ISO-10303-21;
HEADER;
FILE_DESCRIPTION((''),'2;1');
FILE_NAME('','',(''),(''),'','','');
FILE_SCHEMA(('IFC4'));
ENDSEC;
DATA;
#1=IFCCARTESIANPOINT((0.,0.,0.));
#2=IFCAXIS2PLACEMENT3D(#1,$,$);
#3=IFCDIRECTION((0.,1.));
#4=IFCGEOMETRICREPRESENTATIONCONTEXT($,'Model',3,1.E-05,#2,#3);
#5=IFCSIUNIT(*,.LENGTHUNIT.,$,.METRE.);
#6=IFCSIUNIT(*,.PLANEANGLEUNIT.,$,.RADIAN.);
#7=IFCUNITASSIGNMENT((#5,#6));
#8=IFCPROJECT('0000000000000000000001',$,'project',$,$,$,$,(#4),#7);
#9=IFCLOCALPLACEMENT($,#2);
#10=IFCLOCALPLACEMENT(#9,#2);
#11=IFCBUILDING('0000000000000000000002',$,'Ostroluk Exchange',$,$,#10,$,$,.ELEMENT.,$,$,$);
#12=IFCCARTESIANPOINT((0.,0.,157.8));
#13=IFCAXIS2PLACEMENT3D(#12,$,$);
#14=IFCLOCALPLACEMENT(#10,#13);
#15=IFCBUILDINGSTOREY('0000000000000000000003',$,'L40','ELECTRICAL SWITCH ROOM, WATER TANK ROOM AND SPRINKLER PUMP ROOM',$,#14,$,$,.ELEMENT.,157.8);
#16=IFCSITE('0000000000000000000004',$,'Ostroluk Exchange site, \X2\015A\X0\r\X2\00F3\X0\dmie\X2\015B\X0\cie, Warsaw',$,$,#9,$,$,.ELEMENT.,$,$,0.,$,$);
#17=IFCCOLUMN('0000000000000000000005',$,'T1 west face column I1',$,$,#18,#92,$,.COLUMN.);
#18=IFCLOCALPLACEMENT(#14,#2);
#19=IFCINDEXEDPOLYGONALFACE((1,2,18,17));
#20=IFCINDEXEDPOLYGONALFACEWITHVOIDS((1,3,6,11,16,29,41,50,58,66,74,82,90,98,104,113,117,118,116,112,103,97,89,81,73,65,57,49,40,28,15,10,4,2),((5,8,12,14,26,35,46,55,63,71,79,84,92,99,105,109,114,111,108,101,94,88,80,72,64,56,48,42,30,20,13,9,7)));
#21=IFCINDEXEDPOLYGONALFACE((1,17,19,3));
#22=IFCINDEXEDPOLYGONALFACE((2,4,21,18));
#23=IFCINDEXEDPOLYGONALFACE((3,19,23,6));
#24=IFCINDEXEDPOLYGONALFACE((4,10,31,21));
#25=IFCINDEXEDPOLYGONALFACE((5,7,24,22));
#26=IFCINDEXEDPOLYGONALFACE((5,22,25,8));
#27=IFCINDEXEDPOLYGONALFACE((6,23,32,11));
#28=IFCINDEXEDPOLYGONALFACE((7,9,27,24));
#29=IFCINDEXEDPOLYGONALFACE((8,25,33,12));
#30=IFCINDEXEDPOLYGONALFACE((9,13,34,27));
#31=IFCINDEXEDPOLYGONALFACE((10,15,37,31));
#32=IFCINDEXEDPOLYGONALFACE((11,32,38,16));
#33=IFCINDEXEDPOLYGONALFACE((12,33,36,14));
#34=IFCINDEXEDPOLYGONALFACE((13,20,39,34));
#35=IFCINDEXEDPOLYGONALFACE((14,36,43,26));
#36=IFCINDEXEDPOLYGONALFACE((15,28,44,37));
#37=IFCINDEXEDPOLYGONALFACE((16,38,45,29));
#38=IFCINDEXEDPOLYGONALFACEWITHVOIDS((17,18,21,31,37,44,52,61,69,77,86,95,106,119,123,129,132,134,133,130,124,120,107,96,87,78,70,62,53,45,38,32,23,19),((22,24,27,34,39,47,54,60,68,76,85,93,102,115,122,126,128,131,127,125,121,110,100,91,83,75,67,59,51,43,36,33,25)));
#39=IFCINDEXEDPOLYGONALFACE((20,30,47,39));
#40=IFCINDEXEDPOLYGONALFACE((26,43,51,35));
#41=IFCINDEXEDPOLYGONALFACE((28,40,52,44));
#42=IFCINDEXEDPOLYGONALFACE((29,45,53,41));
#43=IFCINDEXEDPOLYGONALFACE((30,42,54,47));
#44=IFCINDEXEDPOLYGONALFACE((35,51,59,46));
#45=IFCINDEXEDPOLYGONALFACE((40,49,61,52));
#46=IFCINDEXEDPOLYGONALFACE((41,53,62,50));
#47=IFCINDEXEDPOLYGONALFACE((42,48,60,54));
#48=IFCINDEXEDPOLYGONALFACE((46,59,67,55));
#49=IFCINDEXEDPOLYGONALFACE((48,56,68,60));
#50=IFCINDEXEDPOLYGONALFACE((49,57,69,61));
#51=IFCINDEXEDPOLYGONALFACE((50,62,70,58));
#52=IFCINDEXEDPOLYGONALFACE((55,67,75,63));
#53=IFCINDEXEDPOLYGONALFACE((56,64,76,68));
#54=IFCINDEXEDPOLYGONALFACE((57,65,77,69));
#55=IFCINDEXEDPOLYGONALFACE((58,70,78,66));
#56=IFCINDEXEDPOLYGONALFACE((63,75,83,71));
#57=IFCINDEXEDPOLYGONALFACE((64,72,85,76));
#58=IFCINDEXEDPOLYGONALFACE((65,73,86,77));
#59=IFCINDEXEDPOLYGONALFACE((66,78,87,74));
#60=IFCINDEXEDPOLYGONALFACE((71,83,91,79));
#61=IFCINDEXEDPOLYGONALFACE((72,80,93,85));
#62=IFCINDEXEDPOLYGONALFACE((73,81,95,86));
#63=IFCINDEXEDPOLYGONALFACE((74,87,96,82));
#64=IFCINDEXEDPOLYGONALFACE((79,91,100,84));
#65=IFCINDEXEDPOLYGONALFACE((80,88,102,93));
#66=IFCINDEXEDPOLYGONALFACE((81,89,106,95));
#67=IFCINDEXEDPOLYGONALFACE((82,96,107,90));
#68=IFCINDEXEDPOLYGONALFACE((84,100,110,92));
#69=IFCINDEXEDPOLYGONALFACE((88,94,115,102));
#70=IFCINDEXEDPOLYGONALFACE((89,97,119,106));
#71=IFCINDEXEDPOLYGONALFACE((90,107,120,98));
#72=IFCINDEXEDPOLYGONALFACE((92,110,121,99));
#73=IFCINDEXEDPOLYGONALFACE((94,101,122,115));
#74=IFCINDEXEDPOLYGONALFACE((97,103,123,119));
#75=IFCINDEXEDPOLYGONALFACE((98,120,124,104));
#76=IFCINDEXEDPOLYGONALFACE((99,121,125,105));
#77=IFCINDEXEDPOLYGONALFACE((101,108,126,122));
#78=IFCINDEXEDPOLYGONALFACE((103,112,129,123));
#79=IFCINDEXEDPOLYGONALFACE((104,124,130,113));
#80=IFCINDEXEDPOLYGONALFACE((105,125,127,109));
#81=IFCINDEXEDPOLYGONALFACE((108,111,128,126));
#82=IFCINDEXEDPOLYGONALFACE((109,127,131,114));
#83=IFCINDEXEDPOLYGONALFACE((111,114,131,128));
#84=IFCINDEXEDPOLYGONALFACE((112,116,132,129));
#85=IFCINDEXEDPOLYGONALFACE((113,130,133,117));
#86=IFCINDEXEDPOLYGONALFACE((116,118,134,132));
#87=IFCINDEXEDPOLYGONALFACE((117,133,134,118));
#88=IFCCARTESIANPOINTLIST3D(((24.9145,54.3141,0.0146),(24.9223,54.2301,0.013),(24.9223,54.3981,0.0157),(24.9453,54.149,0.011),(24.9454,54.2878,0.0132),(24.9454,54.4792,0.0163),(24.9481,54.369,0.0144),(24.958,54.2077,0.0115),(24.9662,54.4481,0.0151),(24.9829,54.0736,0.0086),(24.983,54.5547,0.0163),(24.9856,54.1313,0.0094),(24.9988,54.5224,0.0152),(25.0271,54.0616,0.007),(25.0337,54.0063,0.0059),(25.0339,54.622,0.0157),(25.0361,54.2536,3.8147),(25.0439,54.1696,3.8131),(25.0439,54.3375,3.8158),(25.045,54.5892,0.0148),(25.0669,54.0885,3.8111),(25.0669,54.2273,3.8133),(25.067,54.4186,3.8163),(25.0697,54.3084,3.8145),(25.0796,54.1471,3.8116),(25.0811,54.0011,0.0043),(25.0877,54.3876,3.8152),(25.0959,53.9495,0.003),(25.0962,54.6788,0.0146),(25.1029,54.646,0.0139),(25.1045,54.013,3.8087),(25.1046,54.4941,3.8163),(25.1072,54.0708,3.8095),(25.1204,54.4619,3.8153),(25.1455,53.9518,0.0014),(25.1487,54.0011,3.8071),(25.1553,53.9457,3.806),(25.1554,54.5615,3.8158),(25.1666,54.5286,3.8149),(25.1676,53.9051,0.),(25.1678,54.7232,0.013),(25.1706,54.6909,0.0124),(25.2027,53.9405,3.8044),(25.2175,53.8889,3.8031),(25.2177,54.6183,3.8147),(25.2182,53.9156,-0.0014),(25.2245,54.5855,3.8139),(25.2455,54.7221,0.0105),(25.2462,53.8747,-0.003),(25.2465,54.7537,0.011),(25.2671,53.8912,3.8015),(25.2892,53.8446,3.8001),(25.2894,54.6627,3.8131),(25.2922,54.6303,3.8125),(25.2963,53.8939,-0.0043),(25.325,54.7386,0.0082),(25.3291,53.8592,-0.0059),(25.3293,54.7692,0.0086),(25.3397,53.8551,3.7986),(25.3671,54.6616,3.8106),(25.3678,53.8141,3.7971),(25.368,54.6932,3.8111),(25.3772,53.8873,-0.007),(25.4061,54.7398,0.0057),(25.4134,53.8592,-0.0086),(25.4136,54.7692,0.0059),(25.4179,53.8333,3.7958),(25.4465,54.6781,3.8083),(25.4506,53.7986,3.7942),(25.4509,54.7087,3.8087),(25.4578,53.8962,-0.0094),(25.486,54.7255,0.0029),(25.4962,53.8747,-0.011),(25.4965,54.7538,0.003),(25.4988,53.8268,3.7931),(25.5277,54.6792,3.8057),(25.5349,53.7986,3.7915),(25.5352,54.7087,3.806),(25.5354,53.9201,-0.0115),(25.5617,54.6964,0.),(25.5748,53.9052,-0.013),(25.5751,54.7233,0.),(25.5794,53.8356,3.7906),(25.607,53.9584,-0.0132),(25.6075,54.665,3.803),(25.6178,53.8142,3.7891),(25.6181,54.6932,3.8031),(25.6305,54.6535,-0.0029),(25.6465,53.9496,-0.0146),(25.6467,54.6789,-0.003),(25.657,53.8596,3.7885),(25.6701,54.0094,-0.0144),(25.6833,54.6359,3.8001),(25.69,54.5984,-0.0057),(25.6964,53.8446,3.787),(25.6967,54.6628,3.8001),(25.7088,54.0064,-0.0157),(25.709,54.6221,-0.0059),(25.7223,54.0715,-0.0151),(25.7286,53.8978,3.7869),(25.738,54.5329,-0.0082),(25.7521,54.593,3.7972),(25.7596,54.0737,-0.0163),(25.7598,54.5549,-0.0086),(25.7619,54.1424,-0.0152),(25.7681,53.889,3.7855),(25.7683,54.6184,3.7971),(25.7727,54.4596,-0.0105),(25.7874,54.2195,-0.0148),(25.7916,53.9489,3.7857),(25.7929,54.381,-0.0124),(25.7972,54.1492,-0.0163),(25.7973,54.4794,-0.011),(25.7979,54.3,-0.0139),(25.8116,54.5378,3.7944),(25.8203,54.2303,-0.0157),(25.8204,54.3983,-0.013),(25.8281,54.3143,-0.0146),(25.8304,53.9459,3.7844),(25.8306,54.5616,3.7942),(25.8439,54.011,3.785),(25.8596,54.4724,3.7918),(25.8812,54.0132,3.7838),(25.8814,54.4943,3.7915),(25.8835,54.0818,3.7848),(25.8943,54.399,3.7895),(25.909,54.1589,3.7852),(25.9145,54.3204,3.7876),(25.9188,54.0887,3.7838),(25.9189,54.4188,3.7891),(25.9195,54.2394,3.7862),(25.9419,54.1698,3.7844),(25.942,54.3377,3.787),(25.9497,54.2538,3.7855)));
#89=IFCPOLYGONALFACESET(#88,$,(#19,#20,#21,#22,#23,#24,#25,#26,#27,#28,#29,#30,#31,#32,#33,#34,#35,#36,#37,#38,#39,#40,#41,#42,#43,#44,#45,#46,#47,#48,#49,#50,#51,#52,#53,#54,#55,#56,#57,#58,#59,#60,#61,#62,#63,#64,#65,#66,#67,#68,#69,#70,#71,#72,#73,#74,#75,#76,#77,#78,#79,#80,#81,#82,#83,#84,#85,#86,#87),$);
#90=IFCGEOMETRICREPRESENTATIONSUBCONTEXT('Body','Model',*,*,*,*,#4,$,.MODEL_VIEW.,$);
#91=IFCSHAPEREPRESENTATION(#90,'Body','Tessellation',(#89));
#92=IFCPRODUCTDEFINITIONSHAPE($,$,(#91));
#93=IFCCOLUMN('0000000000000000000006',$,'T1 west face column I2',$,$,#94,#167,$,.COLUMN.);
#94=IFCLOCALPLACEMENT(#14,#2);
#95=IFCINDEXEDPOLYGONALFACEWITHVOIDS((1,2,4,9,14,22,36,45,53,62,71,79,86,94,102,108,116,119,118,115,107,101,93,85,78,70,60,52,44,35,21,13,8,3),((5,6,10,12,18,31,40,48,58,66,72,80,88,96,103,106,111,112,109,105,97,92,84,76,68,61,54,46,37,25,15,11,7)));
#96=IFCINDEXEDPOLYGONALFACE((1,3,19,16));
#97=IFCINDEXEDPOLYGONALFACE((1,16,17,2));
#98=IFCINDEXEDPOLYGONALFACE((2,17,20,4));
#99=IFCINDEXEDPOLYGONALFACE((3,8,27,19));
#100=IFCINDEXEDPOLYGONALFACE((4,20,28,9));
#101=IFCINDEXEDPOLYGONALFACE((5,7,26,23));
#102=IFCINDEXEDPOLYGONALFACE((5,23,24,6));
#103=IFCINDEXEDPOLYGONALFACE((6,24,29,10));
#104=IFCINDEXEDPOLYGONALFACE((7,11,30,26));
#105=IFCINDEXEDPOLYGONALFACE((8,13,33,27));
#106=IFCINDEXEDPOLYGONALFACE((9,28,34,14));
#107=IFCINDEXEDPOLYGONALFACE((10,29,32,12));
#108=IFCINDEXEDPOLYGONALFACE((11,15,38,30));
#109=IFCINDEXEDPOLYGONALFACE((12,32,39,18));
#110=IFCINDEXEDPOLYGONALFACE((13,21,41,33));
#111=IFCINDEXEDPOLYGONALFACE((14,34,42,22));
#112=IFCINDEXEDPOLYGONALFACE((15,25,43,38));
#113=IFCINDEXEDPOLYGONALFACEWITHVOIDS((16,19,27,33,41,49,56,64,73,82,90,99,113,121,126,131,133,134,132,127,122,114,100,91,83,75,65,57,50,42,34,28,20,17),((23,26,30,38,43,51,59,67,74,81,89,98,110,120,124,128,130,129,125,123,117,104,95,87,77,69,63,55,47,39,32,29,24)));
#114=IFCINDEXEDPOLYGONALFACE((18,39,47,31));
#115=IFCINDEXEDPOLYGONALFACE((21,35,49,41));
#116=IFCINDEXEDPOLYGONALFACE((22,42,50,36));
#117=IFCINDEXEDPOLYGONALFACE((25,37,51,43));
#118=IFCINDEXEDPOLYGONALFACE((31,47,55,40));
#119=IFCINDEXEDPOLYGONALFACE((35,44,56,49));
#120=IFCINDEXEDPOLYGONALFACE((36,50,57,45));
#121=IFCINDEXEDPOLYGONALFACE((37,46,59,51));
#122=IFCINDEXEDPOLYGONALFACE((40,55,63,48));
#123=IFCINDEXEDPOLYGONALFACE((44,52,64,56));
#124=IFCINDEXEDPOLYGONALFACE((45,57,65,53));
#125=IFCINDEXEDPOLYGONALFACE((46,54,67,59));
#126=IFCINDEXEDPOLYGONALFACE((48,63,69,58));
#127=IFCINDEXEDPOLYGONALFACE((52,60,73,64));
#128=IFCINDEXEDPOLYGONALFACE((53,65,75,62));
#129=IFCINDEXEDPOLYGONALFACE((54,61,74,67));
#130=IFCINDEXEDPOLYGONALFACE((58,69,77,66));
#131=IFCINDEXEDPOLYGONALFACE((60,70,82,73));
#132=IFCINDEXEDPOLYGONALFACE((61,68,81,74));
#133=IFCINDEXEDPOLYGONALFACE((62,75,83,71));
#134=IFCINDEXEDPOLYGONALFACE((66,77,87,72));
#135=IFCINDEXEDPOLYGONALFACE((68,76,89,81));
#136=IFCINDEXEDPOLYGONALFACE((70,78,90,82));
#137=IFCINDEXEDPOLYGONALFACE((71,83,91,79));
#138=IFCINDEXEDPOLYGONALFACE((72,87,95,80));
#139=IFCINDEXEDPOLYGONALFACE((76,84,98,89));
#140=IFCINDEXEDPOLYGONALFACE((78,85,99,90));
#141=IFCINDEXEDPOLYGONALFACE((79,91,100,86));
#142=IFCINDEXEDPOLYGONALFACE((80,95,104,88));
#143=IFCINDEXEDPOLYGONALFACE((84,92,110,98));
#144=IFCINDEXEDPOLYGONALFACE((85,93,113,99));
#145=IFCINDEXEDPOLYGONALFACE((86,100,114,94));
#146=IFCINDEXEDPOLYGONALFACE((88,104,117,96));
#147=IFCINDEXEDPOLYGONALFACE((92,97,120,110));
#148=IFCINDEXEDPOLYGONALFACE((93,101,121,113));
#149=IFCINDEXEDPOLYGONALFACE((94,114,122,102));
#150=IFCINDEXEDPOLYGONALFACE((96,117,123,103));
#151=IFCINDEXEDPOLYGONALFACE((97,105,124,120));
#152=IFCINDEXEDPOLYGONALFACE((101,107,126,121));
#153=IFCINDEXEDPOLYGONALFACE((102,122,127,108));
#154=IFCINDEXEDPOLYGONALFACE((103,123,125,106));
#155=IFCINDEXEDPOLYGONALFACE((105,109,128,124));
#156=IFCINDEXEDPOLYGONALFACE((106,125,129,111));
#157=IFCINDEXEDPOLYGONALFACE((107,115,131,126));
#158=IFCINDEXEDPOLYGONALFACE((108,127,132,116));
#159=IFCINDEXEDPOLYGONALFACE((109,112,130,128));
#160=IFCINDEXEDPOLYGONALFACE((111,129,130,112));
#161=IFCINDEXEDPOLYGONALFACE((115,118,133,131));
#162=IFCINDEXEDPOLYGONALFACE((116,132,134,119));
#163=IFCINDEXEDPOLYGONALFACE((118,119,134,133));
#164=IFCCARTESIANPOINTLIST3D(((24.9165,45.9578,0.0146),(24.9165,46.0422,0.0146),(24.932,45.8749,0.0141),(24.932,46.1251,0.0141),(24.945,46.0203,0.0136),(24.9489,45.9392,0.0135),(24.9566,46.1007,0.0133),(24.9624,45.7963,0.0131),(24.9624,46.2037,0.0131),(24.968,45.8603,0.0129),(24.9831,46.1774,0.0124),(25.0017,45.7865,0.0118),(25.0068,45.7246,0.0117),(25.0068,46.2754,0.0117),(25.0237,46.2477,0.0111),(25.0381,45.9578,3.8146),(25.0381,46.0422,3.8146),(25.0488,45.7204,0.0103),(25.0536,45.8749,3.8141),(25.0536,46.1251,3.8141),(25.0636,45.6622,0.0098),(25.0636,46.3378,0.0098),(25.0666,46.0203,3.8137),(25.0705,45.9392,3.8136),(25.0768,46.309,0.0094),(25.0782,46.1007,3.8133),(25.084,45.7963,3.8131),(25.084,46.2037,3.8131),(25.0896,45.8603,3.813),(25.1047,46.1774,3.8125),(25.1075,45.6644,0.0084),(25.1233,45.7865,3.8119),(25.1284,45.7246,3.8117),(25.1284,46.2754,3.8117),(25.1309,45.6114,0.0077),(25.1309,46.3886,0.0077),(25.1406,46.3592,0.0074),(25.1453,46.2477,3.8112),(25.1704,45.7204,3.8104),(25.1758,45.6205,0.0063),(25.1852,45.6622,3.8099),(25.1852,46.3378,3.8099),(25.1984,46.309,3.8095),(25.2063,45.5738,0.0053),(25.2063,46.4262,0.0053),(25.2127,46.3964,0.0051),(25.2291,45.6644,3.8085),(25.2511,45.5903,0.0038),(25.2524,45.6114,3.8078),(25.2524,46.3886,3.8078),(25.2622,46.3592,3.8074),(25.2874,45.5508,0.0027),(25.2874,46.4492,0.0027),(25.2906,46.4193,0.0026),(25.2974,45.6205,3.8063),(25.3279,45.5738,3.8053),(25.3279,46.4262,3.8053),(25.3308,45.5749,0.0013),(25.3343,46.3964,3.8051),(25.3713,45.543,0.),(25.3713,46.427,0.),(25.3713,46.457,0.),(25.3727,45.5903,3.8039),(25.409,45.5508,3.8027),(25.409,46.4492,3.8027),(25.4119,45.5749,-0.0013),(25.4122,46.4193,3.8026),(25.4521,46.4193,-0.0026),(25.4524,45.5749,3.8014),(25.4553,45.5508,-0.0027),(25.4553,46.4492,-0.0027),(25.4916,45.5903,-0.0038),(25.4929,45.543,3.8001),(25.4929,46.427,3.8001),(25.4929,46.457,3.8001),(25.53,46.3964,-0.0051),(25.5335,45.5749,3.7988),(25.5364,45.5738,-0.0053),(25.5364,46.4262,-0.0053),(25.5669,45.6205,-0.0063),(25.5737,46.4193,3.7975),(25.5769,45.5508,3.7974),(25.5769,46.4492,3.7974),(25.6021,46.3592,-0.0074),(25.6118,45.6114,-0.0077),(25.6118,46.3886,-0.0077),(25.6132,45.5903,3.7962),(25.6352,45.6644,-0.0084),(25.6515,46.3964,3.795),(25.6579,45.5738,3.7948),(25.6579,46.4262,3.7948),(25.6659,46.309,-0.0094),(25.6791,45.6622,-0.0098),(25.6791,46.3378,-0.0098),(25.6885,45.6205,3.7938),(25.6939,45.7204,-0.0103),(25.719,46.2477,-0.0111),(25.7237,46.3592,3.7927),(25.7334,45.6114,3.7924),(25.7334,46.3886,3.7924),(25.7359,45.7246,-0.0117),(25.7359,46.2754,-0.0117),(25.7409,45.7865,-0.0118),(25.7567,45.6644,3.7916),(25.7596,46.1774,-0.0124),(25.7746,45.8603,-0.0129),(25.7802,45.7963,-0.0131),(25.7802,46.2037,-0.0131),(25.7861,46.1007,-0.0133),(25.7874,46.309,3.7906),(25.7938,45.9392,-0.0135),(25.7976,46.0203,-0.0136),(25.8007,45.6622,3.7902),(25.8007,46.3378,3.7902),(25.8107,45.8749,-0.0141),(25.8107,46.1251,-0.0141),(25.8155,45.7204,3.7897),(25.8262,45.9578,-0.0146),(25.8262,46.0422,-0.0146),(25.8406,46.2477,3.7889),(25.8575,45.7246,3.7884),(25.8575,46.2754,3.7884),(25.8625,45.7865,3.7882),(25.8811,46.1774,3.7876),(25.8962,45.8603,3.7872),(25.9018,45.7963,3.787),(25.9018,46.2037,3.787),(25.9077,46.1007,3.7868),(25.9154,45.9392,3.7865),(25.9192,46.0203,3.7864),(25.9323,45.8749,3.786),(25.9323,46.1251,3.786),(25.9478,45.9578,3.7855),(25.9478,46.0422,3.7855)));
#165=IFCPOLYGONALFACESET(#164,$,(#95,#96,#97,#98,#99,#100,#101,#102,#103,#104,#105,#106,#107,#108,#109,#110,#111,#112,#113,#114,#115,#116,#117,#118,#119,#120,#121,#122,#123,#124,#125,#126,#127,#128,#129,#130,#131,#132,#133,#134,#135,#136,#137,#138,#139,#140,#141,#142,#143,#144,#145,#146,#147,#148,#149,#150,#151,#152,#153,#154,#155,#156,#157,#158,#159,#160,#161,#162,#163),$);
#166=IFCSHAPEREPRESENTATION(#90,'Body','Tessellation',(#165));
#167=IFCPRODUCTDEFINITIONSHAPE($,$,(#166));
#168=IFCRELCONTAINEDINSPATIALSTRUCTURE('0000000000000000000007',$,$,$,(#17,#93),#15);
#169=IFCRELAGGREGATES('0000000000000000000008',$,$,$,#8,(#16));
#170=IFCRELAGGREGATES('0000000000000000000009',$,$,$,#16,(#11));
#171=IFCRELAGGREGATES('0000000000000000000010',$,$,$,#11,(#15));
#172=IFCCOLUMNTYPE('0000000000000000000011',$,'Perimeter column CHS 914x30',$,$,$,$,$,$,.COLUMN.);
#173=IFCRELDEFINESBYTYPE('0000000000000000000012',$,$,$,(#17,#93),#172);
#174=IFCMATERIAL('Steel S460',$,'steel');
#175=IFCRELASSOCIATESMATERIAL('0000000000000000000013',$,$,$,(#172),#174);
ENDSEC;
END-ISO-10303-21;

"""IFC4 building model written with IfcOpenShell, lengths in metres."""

from ifc_helpers import new_model, si_unit, direction, frame, origin, origin_2d, place, context, subcontext, project, spatial, hollow_circle, extrude, material, material_profile, profile_set, type_object, element, save


model = new_model("IFC4")

# Units and contexts
model_context = context("Model", 3, precision=1e-05, world=origin(), true_north=direction((0.0, 1.0)))
body_context = subcontext(model_context, "Body", "Model", "MODEL_VIEW")
ifc_project = project(units=[si_unit("LENGTHUNIT", "METRE"), si_unit("PLANEANGLEUNIT", "RADIAN")], contexts=[model_context])

# Site, building, storey
site_placement = place(None, origin())
site = spatial("IfcSite", under=ifc_project, at=site_placement, Name="Ostroluk Exchange site, Śródmieście, Warsaw", CompositionType="ELEMENT", RefElevation=0.0)
building_placement = place(site_placement, origin())
building = spatial("IfcBuilding", under=site, at=building_placement, Name="Ostroluk Exchange", CompositionType="ELEMENT")
storey_placement = place(building_placement, frame((0.0, 0.0, 157.8)))
storey = spatial("IfcBuildingStorey", under=building, at=storey_placement, Name="L40", Description="ELECTRICAL SWITCH ROOM, WATER TANK ROOM AND SPRINKLER PUMP ROOM", CompositionType="ELEMENT", Elevation=157.8)

# Columns
ifc_material_1 = material(Name="Steel S460", Category="steel")
ifc_material_profile_1 = material_profile(ifc_material_1, hollow_circle(Radius=0.457, WallThickness=0.03, at=origin_2d()), Name="CHS 914x30")
ifc_profile_set_1 = profile_set([ifc_material_profile_1], Name="Steel S460")
column_type = type_object("IfcColumnType", Name="Perimeter column CHS 914x30", PredefinedType="COLUMN", material=ifc_profile_set_1)
column_1_placement = place(storey_placement, frame((25.3713, 54.3142, 0.0), z_axis=(0.031974, -0.015923, 0.999362), x_axis=(0.445775, 0.895145, 0.0)))
element("IfcColumn", 1, at=column_1_placement, inside=storey, type_object=column_type, Name="T1 west face column I1", PredefinedType="COLUMN", context=body_context, shape_type="SweptSolid", body=[
    extrude(hollow_circle(Radius=0.457, WallThickness=0.03, at=origin_2d()), origin(), (0.0, 0.0, 1.0), 3.8025),
])
column_2_placement = place(storey_placement, frame((25.3713, 46.0, 0.0), z_axis=(0.031978, 0.0, 0.999489), x_axis=(0.0, 1.0, 0.0)))
element("IfcColumn", 2, at=column_2_placement, inside=storey, type_object=column_type, Name="T1 west face column I2", PredefinedType="COLUMN", context=body_context, shape_type="SweptSolid", body=[
    extrude(hollow_circle(Radius=0.457, WallThickness=0.03, at=origin_2d()), origin(), (0.0, 0.0, 1.0), 3.802),
])

save(model, "model.ifc")
